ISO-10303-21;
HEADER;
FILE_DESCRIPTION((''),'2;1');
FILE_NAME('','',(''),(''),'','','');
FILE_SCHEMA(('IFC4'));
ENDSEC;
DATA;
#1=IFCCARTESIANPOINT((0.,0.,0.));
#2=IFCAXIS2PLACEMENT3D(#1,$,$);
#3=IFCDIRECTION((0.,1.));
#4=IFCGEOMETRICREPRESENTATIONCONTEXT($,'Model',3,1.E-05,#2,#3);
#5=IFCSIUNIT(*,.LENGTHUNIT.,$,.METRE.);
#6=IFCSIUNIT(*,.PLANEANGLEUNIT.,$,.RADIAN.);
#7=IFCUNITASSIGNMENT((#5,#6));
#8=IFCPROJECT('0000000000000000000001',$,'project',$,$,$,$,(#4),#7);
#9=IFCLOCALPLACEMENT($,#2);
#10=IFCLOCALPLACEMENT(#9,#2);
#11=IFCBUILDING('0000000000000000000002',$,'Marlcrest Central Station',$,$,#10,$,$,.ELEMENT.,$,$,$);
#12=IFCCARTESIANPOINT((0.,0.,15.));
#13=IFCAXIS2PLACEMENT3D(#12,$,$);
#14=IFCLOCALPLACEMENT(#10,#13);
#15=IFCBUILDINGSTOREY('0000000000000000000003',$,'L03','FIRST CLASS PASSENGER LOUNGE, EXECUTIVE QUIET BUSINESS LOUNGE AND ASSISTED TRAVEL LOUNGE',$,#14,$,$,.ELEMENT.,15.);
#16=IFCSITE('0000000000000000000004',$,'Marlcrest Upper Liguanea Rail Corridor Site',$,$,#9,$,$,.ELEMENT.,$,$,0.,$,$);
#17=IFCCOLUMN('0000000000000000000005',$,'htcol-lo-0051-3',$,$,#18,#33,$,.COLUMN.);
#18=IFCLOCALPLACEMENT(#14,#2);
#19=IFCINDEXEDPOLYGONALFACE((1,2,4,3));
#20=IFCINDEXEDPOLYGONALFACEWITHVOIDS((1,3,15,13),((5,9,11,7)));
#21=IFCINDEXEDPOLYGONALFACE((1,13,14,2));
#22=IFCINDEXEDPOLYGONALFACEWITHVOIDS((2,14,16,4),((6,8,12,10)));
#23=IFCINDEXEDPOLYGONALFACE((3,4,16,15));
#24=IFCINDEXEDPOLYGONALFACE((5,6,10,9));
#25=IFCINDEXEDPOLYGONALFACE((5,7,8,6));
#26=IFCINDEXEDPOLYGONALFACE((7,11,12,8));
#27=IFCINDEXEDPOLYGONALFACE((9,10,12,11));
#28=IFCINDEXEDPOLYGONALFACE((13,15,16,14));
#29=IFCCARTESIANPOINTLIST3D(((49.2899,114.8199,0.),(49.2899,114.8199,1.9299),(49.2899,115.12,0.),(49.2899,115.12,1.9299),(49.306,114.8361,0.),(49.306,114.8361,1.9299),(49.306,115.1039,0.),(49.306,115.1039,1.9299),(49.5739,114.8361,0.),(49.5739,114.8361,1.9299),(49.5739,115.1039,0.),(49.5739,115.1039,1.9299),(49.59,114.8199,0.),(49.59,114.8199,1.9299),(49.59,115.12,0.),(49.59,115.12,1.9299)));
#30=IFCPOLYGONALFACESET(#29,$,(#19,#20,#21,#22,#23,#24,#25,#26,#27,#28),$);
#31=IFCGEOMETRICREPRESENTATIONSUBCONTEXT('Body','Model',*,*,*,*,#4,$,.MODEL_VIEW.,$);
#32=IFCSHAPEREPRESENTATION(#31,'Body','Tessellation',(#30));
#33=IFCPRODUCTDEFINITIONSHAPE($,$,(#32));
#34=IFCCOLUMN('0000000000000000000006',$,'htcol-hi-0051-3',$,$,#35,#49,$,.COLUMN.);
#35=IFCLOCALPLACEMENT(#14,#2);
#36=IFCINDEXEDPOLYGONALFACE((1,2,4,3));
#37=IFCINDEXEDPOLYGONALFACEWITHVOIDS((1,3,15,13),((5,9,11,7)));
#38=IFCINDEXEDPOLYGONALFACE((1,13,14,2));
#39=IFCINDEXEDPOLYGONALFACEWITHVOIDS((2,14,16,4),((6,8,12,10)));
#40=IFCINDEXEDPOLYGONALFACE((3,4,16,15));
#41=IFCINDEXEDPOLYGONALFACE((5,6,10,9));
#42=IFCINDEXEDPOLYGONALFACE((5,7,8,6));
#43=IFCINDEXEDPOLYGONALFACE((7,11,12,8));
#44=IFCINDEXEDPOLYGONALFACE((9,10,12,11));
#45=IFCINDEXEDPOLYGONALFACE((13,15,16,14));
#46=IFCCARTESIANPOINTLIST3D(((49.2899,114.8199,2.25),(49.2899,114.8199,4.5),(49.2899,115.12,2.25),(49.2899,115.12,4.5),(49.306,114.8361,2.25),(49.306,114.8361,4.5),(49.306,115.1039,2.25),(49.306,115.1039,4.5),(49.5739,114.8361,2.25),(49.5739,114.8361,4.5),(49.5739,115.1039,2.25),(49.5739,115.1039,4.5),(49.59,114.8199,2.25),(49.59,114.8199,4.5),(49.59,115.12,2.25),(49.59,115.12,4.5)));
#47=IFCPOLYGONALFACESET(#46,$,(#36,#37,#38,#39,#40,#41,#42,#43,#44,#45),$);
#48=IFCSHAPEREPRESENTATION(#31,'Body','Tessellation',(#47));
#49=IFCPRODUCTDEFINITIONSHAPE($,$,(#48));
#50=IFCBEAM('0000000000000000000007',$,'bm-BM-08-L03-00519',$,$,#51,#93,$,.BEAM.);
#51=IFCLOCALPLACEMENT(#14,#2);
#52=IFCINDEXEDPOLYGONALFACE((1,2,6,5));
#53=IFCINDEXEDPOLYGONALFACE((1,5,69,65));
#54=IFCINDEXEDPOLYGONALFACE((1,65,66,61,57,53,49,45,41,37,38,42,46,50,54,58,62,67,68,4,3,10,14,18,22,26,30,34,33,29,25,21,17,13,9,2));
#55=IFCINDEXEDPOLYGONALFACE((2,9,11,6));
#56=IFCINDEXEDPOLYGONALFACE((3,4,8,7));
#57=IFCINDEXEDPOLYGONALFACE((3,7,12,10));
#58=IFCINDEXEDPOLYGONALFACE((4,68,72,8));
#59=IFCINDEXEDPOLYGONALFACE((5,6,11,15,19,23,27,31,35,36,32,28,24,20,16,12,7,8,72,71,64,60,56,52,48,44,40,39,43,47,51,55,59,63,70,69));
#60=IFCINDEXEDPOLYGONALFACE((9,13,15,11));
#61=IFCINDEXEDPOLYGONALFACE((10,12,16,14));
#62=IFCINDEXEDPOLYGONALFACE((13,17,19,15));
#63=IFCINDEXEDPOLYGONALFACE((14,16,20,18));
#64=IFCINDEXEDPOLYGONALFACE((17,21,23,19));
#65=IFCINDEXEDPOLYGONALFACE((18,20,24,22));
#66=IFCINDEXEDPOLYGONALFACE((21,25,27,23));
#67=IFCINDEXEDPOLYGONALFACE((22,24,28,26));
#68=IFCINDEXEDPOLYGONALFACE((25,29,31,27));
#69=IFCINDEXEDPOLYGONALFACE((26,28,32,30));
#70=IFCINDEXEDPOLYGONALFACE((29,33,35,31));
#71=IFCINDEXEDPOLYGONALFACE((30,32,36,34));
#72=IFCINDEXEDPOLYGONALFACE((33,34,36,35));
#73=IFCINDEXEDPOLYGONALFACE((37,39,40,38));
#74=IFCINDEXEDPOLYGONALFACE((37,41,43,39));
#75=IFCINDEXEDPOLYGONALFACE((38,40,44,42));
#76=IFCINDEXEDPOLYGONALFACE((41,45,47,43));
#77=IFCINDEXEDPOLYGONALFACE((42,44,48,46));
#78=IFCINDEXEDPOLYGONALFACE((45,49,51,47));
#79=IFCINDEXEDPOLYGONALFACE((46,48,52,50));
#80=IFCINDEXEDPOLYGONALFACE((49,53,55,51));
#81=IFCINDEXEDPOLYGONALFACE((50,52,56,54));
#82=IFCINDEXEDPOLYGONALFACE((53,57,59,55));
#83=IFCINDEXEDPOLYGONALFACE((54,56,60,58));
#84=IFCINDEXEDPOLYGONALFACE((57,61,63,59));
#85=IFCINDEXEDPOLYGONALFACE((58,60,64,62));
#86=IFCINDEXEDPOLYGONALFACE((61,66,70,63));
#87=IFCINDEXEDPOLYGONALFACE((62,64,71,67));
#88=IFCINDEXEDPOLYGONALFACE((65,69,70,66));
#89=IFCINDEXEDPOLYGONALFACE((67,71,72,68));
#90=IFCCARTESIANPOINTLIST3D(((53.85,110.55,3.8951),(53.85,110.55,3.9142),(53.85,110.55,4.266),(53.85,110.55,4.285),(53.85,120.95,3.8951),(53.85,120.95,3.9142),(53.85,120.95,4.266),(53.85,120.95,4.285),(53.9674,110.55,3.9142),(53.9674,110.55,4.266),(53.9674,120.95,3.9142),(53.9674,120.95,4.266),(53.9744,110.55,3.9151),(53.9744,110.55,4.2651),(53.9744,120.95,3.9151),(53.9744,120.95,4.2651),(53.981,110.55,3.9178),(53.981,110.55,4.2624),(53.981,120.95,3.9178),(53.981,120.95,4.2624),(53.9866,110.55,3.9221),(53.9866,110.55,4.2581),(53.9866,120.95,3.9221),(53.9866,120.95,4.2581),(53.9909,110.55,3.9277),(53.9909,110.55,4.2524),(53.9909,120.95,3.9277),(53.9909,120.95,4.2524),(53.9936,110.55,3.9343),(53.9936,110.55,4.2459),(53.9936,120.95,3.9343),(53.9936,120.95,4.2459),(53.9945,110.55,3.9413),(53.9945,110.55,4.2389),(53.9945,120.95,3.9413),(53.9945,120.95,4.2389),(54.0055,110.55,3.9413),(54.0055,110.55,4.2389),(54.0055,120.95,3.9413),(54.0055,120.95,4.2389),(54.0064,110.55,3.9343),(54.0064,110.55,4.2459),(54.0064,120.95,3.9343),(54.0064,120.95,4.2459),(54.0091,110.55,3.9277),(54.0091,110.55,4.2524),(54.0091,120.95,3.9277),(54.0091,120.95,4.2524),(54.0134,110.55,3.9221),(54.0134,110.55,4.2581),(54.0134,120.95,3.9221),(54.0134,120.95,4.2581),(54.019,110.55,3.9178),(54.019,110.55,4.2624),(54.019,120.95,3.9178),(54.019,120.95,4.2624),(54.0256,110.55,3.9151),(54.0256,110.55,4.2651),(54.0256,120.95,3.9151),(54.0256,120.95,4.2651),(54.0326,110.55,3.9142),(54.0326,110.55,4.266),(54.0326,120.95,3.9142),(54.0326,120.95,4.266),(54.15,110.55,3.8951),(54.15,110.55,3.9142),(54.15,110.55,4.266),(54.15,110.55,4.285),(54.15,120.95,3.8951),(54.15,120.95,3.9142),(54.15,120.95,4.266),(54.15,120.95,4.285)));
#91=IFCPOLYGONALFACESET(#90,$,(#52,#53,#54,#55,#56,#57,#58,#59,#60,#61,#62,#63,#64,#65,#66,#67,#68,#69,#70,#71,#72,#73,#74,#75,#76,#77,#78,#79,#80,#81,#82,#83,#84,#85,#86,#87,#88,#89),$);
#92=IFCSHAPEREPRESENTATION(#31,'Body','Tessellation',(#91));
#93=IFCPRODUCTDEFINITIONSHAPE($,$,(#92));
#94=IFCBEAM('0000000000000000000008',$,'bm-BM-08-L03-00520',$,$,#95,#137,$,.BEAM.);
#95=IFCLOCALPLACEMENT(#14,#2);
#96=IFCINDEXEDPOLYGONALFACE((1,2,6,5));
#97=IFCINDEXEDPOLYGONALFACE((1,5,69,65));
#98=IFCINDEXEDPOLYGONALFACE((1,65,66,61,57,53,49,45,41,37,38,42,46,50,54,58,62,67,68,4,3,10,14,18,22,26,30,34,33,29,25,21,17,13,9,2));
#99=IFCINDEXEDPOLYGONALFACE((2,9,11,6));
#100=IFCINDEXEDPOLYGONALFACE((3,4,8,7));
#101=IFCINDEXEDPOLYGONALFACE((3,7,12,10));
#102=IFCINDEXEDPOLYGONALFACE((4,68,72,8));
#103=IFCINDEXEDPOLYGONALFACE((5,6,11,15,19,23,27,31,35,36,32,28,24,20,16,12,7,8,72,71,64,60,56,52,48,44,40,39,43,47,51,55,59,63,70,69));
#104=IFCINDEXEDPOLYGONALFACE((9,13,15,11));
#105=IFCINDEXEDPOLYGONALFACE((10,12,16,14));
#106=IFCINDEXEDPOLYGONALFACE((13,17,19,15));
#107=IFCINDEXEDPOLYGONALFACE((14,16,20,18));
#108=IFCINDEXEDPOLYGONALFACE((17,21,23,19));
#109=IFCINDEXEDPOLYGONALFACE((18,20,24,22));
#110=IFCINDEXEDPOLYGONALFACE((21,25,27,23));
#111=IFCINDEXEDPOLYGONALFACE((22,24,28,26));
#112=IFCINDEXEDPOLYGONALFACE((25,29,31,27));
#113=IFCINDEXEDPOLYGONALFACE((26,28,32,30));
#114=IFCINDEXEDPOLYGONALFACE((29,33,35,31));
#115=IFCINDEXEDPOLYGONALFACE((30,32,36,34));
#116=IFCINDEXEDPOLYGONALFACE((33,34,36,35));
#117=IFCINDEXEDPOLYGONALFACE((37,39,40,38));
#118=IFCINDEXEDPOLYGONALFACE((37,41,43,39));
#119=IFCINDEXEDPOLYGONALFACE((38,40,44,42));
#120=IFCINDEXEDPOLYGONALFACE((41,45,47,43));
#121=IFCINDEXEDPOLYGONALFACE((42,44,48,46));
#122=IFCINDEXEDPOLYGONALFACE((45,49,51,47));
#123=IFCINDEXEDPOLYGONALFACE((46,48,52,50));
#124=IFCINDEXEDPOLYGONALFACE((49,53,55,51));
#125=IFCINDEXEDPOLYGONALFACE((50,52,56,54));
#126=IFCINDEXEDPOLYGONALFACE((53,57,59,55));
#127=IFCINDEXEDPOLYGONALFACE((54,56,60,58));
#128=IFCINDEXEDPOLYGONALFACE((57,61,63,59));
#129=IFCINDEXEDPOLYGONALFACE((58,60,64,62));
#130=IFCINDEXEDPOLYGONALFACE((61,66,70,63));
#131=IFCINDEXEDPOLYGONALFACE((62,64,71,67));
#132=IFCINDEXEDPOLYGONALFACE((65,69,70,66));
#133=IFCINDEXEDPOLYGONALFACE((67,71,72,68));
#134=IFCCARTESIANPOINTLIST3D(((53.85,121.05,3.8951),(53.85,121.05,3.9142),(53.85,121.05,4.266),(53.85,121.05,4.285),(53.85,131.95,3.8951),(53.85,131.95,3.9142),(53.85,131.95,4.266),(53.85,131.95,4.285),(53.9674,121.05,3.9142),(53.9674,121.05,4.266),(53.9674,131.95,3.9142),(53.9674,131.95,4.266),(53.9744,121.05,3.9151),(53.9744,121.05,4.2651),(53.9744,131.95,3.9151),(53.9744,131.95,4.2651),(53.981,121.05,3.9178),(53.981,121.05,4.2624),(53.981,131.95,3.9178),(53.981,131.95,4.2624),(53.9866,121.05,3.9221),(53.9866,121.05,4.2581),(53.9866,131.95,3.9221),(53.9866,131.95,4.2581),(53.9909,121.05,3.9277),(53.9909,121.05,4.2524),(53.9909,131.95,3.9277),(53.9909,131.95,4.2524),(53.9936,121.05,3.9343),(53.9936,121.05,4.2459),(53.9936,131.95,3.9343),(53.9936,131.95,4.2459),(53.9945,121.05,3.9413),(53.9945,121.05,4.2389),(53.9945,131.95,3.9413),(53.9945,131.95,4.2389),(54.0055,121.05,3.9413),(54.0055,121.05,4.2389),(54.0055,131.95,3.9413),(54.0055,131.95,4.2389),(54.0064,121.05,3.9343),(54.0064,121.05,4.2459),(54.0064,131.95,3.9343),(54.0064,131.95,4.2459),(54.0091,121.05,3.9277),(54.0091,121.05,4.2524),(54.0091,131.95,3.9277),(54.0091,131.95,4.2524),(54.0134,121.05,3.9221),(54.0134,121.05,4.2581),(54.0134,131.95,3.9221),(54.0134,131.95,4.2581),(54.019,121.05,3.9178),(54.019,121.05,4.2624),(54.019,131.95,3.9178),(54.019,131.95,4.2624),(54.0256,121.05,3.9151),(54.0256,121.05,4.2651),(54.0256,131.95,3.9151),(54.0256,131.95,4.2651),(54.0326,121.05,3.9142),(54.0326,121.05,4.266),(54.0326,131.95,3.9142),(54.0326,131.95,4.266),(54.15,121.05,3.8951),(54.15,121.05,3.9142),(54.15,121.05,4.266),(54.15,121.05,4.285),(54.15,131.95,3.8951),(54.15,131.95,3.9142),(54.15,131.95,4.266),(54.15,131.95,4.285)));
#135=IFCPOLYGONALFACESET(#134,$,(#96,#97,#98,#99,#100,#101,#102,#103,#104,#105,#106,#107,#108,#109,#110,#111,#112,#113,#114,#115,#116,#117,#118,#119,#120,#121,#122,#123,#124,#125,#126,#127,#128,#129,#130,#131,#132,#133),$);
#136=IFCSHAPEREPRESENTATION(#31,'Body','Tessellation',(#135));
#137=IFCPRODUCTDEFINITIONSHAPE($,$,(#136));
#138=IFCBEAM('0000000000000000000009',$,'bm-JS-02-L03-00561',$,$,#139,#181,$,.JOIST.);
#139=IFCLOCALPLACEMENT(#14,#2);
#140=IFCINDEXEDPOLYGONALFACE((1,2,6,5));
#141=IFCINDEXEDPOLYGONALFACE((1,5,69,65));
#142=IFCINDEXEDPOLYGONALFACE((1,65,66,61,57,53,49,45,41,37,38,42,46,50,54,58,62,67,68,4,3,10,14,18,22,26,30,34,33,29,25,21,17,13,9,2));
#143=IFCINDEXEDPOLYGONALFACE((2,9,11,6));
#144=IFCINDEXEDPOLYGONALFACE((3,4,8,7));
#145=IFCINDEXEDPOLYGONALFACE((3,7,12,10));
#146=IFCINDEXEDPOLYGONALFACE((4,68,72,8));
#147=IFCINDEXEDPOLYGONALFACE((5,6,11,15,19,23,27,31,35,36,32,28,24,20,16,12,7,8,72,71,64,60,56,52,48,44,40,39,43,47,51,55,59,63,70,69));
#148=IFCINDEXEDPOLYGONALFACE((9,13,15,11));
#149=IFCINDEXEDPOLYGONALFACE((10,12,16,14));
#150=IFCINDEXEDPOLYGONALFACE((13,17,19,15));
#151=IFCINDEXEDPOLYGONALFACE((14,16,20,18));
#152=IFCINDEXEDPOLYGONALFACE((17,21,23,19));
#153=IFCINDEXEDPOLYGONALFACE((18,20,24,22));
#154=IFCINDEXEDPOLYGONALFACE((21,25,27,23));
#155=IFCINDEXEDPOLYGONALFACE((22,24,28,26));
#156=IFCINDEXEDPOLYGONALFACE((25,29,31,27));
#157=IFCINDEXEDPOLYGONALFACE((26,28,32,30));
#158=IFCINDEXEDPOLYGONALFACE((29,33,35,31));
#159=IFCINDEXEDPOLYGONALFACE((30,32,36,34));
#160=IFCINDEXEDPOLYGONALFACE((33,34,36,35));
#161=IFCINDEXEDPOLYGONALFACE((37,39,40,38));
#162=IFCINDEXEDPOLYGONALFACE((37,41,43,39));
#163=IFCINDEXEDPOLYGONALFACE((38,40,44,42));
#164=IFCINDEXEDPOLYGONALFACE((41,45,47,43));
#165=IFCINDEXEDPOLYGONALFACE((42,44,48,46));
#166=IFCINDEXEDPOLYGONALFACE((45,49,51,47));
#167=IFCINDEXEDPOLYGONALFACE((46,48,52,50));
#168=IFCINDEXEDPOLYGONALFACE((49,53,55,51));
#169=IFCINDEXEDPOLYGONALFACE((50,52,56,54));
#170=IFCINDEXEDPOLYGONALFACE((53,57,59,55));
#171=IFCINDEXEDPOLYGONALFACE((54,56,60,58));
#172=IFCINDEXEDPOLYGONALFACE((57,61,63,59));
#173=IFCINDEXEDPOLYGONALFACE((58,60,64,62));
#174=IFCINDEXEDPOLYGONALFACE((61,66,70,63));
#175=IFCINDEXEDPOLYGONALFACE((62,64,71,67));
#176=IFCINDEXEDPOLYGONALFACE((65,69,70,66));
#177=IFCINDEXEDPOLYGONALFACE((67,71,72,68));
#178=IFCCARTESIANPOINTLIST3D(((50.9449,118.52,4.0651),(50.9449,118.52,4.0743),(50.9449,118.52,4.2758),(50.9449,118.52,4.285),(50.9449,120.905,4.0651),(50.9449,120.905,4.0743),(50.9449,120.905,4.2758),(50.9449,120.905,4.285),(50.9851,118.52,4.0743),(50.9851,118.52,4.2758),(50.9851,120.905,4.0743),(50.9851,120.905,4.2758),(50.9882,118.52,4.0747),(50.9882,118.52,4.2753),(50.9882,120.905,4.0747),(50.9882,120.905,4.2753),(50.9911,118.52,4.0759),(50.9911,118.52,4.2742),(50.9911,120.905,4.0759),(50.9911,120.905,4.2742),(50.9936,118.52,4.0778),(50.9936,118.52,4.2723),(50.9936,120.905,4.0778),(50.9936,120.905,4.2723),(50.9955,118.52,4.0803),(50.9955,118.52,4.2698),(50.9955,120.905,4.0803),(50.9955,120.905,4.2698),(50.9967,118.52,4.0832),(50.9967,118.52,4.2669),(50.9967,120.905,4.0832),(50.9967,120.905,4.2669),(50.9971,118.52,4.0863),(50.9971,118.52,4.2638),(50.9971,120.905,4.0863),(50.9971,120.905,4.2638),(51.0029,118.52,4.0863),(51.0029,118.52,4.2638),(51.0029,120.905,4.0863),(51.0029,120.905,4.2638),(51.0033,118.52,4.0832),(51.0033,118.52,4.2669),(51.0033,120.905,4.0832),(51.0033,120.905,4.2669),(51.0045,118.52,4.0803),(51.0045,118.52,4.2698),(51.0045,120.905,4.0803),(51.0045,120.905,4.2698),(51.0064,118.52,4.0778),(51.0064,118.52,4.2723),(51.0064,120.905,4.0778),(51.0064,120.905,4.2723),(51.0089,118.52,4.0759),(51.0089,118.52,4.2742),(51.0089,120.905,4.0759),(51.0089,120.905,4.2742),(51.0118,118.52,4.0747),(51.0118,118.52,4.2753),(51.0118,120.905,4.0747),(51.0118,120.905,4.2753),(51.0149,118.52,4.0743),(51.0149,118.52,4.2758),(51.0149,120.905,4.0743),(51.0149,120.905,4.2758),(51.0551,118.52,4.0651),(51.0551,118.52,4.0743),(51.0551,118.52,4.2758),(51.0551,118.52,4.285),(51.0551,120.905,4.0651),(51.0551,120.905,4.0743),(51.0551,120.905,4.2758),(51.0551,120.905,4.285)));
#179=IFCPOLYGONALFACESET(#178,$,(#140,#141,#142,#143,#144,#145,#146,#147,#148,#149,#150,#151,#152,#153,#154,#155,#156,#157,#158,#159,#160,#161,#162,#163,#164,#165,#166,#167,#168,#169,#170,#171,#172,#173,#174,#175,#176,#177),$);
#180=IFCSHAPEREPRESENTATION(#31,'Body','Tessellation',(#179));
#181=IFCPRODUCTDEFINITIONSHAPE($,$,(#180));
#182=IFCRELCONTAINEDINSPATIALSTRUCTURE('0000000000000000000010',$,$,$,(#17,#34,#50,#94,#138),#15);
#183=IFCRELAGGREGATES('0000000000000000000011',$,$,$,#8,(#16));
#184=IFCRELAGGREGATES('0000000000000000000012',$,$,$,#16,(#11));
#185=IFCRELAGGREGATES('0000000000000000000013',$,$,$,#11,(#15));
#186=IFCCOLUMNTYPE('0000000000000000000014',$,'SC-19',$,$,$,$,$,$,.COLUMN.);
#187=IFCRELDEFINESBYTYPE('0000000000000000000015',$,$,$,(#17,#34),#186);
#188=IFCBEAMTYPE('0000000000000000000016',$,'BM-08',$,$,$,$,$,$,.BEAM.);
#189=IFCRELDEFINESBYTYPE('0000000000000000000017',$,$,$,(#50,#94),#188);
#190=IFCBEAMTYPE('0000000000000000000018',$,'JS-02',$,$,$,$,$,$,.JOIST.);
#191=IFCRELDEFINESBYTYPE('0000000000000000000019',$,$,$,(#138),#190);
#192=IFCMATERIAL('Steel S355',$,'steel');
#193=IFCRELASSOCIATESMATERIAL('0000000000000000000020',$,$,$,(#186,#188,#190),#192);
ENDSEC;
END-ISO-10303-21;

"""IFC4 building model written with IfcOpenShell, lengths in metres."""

from ifc_helpers import new_model, si_unit, direction, frame, origin, origin_2d, place, context, subcontext, project, spatial, hollow_rectangle, i_section, extrude, material, material_profile, profile_set, type_object, element, save


model = new_model("IFC4")

# Units and contexts
model_context = context("Model", 3, precision=1e-05, world=origin(), true_north=direction((0.0, 1.0)))
body_context = subcontext(model_context, "Body", "Model", "MODEL_VIEW")
ifc_project = project(units=[si_unit("LENGTHUNIT", "METRE"), si_unit("PLANEANGLEUNIT", "RADIAN")], contexts=[model_context])

# Site, building, storey
site_placement = place(None, origin())
site = spatial("IfcSite", under=ifc_project, at=site_placement, Name="Marlcrest Upper Liguanea Rail Corridor Site", CompositionType="ELEMENT", RefElevation=0.0)
building_placement = place(site_placement, origin())
building = spatial("IfcBuilding", under=site, at=building_placement, Name="Marlcrest Central Station", CompositionType="ELEMENT")
storey_placement = place(building_placement, frame((0.0, 0.0, 15.0)))
storey = spatial("IfcBuildingStorey", under=building, at=storey_placement, Name="L03", Description="FIRST CLASS PASSENGER LOUNGE, EXECUTIVE QUIET BUSINESS LOUNGE AND ASSISTED TRAVEL LOUNGE", CompositionType="ELEMENT", Elevation=15.0)

# Columns
ifc_material_1 = material(Name="Steel S355", Category="steel")
ifc_material_profile_1 = material_profile(ifc_material_1, hollow_rectangle(XDim=0.3, YDim=0.3, WallThickness=0.0161, at=origin_2d()), Name="SHS 300x300x16")
ifc_profile_set_1 = profile_set([ifc_material_profile_1], Name="Steel S355")
column_type_1 = type_object("IfcColumnType", Name="SC-19", PredefinedType="COLUMN", material=ifc_profile_set_1)
column_1_placement = place(storey_placement, frame((49.4399, 114.97, 0.0), z_axis=(0.0, 0.0, 1.0), x_axis=(1.0, 0.0, 0.0)))
element("IfcColumn", 1, at=column_1_placement, inside=storey, type_object=column_type_1, Name="htcol-lo-0051-3", PredefinedType="COLUMN", context=body_context, shape_type="SweptSolid", body=[
    extrude(hollow_rectangle(XDim=0.3, YDim=0.3, WallThickness=0.0161, at=origin_2d()), origin(), (0.0, 0.0, 1.0), 1.9299),
])
column_2_placement = place(storey_placement, frame((49.4399, 114.97, 2.25), z_axis=(0.0, 0.0, 1.0), x_axis=(1.0, 0.0, 0.0)))
element("IfcColumn", 2, at=column_2_placement, inside=storey, type_object=column_type_1, Name="htcol-hi-0051-3", PredefinedType="COLUMN", context=body_context, shape_type="SweptSolid", body=[
    extrude(hollow_rectangle(XDim=0.3, YDim=0.3, WallThickness=0.0161, at=origin_2d()), origin(), (0.0, 0.0, 1.0), 2.25),
])

# Beams
ifc_material_profile_2 = material_profile(ifc_material_1, i_section(OverallWidth=0.3, OverallDepth=0.3899, WebThickness=0.011, FlangeThickness=0.019, FilletRadius=0.0271, at=origin_2d()), Name="HEA 400")
ifc_profile_set_2 = profile_set([ifc_material_profile_2], Name="Steel S355")
beam_type_1 = type_object("IfcBeamType", Name="BM-08", PredefinedType="BEAM", material=ifc_profile_set_2)
beam_1_placement = place(storey_placement, frame((54.0, 110.55, 4.0901), z_axis=(0.0, 1.0, 0.0), x_axis=(-1.0, 0.0, 0.0)))
element("IfcBeam", 3, at=beam_1_placement, inside=storey, type_object=beam_type_1, Name="bm-BM-08-L03-00519", PredefinedType="BEAM", context=body_context, shape_type="SweptSolid", body=[
    extrude(i_section(OverallWidth=0.3, OverallDepth=0.3899, WebThickness=0.011, FlangeThickness=0.019, FilletRadius=0.0271, at=origin_2d()), origin(), (0.0, 0.0, 1.0), 10.3999),
])
beam_2_placement = place(storey_placement, frame((54.0, 121.05, 4.0901), z_axis=(0.0, 1.0, 0.0), x_axis=(-1.0, 0.0, 0.0)))
element("IfcBeam", 4, at=beam_2_placement, inside=storey, type_object=beam_type_1, Name="bm-BM-08-L03-00520", PredefinedType="BEAM", context=body_context, shape_type="SweptSolid", body=[
    extrude(i_section(OverallWidth=0.3, OverallDepth=0.3899, WebThickness=0.011, FlangeThickness=0.019, FilletRadius=0.0271, at=origin_2d()), origin(), (0.0, 0.0, 1.0), 10.8999),
])
ifc_material_profile_3 = material_profile(ifc_material_1, i_section(OverallWidth=0.1101, OverallDepth=0.22, WebThickness=0.0059, FlangeThickness=0.0093, FilletRadius=0.012, at=origin_2d()), Name="IPE 220")
ifc_profile_set_3 = profile_set([ifc_material_profile_3], Name="Steel S355")
beam_type_2 = type_object("IfcBeamType", Name="JS-02", PredefinedType="JOIST", material=ifc_profile_set_3)
beam_3_placement = place(storey_placement, frame((51.0, 118.52, 4.175), z_axis=(0.0, 1.0, 0.0), x_axis=(-1.0, 0.0, 0.0)))
element("IfcBeam", 5, at=beam_3_placement, inside=storey, type_object=beam_type_2, Name="bm-JS-02-L03-00561", PredefinedType="JOIST", context=body_context, shape_type="SweptSolid", body=[
    extrude(i_section(OverallWidth=0.1101, OverallDepth=0.22, WebThickness=0.0059, FlangeThickness=0.0093, FilletRadius=0.012, at=origin_2d()), origin(), (0.0, 0.0, 1.0), 2.385),
])

save(model, "model.ifc")
